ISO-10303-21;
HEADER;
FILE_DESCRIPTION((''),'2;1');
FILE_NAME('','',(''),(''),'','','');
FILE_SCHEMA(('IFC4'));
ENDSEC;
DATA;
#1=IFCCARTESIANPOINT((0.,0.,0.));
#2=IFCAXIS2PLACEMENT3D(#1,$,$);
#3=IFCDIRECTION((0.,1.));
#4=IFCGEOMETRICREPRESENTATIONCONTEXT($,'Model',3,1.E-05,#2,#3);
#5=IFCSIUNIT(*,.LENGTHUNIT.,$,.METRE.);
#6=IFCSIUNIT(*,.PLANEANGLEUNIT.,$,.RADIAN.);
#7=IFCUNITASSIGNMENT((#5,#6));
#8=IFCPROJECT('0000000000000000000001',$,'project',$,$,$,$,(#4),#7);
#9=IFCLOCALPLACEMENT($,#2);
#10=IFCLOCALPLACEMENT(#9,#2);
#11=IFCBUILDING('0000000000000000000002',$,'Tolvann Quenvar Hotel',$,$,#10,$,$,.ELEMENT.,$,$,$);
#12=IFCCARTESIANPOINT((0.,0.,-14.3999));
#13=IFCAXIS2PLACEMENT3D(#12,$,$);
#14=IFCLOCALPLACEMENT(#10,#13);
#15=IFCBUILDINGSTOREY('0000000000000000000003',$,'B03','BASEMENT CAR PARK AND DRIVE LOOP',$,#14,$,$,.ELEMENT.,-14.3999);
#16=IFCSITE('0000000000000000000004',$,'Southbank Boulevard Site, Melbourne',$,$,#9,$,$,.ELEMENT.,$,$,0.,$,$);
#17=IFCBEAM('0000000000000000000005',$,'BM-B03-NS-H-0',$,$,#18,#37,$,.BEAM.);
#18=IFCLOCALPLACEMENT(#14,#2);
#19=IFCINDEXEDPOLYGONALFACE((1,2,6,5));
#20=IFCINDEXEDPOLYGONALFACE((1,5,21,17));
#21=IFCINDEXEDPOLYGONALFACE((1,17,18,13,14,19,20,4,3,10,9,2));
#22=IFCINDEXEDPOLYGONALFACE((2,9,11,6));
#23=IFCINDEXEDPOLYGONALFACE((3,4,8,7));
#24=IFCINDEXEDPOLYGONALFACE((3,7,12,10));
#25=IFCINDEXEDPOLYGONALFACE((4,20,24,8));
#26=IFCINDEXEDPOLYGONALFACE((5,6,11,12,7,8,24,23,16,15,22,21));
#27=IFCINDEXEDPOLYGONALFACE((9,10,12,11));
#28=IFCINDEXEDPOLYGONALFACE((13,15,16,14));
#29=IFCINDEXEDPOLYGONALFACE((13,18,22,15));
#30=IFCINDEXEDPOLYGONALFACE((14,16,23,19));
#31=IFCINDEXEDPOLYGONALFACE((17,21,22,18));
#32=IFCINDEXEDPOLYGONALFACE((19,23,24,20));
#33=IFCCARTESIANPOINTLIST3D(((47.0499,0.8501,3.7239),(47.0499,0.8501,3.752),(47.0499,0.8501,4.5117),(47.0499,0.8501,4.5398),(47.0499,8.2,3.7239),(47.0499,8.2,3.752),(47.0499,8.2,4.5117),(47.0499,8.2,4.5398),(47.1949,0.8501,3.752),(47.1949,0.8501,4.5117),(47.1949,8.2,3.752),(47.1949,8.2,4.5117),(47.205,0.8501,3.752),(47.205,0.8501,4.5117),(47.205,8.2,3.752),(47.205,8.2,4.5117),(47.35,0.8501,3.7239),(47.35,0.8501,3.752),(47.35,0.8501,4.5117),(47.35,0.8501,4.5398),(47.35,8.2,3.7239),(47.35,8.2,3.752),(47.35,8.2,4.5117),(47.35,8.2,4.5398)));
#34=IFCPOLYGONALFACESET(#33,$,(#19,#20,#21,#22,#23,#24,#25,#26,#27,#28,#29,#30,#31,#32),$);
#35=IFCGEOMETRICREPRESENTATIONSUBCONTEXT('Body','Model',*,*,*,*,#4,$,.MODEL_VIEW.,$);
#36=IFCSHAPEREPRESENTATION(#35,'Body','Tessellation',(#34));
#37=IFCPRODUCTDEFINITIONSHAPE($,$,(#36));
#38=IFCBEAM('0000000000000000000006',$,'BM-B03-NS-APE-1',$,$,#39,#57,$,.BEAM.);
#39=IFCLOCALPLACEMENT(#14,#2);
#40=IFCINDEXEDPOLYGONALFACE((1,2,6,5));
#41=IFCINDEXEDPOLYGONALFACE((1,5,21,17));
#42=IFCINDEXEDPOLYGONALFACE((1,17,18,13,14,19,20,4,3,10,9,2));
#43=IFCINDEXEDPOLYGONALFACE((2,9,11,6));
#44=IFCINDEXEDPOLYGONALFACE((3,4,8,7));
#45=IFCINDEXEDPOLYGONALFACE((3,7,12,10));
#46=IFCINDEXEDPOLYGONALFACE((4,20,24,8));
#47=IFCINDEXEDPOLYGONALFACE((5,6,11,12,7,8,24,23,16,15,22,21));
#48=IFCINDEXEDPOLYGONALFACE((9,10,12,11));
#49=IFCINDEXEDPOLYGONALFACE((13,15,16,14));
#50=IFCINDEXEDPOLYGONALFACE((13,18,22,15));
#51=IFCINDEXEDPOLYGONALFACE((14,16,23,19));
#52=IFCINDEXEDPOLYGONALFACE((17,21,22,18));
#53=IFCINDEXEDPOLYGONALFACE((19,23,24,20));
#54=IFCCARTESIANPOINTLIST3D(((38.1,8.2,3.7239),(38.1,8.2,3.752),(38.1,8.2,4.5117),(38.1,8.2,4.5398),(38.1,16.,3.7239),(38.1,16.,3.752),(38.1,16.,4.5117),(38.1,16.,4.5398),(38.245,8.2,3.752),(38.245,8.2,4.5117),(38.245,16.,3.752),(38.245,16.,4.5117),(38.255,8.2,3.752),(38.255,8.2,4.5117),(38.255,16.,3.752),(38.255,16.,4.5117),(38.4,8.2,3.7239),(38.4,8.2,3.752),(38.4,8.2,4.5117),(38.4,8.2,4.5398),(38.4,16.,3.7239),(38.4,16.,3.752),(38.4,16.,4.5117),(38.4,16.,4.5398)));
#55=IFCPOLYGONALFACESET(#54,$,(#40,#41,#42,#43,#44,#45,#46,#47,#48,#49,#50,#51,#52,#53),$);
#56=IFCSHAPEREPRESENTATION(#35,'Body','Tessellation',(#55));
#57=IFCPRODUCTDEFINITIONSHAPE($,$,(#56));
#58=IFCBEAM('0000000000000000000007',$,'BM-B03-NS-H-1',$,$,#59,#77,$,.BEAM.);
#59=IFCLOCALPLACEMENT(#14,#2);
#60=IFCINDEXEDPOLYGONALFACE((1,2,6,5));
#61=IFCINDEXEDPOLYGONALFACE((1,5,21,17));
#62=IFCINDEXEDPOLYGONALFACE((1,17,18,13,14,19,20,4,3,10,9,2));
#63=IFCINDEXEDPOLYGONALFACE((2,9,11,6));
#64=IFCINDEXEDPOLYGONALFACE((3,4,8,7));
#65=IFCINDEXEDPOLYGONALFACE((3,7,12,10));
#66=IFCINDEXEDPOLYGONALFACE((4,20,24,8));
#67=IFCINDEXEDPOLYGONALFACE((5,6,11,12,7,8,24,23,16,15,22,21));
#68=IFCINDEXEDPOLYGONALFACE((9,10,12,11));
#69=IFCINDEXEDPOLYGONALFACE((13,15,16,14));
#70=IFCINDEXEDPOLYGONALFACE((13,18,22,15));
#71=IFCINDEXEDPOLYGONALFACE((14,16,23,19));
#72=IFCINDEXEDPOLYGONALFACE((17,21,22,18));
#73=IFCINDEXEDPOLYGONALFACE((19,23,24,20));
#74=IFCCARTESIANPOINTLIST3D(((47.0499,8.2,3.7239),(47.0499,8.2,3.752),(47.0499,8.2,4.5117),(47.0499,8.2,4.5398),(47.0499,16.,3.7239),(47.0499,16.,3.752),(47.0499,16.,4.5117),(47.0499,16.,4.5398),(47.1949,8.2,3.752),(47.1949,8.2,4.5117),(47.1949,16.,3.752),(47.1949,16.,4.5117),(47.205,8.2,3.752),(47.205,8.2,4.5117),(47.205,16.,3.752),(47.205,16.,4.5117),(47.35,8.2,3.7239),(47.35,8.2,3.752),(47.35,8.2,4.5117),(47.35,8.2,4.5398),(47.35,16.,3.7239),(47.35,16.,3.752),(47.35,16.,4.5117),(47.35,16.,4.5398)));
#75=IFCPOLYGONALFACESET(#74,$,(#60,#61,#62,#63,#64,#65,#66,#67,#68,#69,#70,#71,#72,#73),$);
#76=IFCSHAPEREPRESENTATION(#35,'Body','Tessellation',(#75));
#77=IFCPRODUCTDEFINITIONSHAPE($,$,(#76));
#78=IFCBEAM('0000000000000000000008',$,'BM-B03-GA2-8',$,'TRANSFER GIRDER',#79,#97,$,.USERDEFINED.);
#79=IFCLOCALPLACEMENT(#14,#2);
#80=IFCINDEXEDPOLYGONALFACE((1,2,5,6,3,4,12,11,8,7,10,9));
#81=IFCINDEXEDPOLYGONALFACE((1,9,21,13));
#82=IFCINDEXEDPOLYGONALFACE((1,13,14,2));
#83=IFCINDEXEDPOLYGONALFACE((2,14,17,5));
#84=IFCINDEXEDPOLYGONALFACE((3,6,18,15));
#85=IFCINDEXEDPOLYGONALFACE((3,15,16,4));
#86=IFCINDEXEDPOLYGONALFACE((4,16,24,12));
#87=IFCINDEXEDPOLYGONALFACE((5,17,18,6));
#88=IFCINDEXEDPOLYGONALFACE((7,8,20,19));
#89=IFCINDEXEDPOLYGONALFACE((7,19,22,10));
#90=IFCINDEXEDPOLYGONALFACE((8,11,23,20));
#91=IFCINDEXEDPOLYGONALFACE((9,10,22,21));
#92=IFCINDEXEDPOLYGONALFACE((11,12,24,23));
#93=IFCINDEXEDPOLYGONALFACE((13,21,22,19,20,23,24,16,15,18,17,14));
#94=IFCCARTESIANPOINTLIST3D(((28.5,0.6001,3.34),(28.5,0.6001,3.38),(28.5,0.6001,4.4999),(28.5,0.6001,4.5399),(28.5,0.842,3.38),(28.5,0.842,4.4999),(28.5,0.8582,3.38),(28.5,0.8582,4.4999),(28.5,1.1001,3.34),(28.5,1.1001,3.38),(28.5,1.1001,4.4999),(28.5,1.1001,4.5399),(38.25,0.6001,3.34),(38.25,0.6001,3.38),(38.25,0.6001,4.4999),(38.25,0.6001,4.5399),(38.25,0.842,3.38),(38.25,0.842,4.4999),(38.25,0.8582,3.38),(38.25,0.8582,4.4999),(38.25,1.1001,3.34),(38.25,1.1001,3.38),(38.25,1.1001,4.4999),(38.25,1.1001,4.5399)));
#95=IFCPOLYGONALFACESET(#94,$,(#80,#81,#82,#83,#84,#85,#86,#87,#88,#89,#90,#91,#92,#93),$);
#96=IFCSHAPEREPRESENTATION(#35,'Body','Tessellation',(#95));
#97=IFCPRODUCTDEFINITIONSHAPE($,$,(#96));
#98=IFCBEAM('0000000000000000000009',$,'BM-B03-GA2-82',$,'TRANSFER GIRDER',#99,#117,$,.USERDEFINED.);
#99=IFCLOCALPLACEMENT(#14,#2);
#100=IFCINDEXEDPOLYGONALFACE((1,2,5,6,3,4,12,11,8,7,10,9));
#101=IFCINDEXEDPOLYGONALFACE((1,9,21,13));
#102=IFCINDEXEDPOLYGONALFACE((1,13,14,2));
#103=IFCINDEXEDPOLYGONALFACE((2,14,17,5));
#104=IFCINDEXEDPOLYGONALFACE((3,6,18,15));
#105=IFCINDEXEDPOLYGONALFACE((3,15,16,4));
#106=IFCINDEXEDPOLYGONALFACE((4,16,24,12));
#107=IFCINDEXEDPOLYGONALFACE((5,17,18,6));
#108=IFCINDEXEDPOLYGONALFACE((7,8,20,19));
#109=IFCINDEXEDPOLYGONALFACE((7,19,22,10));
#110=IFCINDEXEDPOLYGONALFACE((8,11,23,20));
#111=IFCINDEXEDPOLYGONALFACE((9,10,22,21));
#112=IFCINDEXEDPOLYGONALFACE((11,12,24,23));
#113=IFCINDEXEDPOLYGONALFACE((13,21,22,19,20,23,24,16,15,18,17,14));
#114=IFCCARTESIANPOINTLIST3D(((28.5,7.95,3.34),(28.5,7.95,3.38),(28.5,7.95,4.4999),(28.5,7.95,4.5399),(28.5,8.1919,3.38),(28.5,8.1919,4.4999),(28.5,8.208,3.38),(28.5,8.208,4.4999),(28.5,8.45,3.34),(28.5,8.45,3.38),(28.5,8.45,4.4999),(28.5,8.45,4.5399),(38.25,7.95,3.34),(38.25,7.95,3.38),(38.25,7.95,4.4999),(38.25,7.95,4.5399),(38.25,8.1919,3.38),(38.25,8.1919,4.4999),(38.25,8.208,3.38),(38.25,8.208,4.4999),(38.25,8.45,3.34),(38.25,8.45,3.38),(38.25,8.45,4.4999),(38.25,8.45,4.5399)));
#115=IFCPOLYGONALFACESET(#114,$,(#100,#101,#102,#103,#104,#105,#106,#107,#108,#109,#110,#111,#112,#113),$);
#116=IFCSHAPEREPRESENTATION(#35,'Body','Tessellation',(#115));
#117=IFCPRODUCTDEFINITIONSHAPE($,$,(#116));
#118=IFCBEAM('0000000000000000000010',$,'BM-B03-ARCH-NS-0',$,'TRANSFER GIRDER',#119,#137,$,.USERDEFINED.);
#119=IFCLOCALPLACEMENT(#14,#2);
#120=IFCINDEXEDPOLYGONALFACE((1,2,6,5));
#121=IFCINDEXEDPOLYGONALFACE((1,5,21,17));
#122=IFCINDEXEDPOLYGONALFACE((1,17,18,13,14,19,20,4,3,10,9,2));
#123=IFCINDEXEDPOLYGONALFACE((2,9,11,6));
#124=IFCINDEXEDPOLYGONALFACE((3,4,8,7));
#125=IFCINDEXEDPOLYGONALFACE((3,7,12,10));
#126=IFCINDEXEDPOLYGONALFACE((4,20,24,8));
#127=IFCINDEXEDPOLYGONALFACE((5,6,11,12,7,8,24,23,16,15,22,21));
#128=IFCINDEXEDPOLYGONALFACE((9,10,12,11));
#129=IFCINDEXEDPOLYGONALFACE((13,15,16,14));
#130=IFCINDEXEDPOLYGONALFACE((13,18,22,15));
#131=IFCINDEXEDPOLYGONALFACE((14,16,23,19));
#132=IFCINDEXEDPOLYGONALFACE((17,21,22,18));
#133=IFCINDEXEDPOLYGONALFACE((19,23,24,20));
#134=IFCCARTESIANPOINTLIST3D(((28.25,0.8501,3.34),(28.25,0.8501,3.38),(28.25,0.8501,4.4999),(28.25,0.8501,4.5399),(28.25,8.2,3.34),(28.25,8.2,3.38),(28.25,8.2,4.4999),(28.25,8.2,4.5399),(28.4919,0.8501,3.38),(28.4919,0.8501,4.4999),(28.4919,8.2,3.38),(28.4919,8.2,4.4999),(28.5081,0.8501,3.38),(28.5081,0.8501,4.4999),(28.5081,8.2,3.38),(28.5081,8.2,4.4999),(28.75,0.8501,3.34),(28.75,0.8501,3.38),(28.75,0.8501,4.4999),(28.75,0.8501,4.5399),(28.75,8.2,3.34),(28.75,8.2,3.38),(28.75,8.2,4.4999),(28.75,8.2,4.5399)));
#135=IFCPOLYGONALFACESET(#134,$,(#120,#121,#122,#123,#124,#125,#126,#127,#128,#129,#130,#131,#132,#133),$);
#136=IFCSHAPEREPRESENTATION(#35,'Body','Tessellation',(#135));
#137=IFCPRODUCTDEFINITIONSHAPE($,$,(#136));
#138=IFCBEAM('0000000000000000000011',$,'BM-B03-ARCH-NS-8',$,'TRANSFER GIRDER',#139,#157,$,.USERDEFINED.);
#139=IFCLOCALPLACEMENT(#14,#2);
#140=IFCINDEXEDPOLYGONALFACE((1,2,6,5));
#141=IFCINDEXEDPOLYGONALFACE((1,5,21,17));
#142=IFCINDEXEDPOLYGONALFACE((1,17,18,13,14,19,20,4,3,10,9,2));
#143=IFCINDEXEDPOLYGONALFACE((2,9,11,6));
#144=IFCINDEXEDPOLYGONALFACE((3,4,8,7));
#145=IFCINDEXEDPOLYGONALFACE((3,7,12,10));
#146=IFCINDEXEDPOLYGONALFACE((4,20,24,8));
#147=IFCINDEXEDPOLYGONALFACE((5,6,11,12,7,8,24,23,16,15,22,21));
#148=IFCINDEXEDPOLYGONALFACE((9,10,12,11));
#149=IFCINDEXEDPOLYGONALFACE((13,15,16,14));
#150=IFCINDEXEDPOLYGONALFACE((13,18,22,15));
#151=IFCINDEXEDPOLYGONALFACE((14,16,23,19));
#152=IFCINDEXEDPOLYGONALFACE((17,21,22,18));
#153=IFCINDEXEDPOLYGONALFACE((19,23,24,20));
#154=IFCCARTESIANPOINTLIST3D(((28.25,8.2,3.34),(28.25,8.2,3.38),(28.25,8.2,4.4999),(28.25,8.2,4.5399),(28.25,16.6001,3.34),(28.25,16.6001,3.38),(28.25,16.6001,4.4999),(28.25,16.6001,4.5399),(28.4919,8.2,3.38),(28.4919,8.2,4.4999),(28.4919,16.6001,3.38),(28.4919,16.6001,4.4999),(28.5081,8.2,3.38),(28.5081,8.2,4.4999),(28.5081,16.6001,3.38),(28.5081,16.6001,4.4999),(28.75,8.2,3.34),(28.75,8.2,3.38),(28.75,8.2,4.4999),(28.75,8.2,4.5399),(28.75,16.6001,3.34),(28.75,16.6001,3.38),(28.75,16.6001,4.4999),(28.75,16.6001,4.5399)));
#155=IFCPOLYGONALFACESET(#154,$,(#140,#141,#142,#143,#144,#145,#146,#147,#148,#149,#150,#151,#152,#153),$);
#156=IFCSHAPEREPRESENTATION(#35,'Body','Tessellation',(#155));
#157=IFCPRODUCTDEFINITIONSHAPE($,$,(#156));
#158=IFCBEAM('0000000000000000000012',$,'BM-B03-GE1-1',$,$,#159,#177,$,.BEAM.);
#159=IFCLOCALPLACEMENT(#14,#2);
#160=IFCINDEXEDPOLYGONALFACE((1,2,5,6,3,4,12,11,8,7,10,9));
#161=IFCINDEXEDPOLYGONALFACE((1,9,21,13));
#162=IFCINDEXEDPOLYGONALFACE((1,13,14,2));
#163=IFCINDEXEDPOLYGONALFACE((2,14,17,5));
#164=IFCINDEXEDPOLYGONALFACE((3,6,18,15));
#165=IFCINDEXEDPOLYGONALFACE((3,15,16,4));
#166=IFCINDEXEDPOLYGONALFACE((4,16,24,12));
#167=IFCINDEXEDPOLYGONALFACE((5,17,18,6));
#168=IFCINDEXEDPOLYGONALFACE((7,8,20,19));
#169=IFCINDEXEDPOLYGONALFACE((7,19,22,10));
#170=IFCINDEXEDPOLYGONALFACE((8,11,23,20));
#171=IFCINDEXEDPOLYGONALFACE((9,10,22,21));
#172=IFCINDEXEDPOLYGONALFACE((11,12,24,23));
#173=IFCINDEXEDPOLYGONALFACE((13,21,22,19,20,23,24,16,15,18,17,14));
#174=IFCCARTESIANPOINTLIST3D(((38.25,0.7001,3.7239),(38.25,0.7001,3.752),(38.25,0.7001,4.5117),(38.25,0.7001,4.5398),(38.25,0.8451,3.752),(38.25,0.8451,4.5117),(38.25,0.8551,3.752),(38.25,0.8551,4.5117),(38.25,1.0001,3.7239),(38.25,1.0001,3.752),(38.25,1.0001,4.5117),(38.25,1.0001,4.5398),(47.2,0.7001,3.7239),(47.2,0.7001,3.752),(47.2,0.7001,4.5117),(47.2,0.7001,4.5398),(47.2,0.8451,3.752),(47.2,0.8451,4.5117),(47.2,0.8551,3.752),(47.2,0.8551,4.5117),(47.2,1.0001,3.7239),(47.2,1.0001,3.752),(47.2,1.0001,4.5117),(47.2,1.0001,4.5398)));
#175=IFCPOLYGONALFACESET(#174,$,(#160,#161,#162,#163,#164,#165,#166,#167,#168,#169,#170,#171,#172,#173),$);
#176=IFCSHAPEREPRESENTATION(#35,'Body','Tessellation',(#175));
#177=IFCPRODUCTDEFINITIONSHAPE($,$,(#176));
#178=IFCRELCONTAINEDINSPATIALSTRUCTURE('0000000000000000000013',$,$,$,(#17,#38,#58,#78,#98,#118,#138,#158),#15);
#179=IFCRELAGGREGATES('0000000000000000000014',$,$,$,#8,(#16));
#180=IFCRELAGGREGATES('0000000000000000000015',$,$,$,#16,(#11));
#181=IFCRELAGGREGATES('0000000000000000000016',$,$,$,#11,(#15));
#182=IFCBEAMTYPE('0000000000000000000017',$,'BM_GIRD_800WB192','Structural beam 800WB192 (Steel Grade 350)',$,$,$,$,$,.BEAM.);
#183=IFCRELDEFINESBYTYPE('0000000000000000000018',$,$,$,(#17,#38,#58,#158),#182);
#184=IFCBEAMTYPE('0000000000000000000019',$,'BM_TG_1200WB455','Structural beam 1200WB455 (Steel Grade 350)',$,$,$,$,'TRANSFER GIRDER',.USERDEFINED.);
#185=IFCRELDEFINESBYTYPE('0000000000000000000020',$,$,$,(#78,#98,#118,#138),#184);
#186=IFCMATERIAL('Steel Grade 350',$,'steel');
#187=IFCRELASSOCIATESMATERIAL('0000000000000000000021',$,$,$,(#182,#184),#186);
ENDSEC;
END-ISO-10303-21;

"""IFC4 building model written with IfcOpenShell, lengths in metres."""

from ifc_helpers import new_model, si_unit, direction, frame, origin, origin_2d, place, context, subcontext, project, spatial, i_section, extrude, source, transform, mapped, material, material_profile, profile_set, type_object, type_shapes, element, save


model = new_model("IFC4")

# Units and contexts
model_context = context("Model", 3, precision=1e-05, world=origin(), true_north=direction((0.0, 1.0)))
body_context = subcontext(model_context, "Body", "Model", "MODEL_VIEW")
ifc_project = project(units=[si_unit("LENGTHUNIT", "METRE"), si_unit("PLANEANGLEUNIT", "RADIAN")], contexts=[model_context])

# Site, building, storey
site_placement = place(None, origin())
site = spatial("IfcSite", under=ifc_project, at=site_placement, Name="Southbank Boulevard Site, Melbourne", CompositionType="ELEMENT", RefElevation=0.0)
building_placement = place(site_placement, origin())
building = spatial("IfcBuilding", under=site, at=building_placement, Name="Tolvann Quenvar Hotel", CompositionType="ELEMENT")
storey_placement = place(building_placement, frame((0.0, 0.0, -14.3999)))
storey = spatial("IfcBuildingStorey", under=building, at=storey_placement, Name="B03", Description="BASEMENT CAR PARK AND DRIVE LOOP", CompositionType="ELEMENT", Elevation=-14.3999)

# Beams
ifc_material_1 = material(Name="Steel Grade 350", Category="steel")
ifc_material_profile_1 = material_profile(ifc_material_1, i_section(OverallWidth=0.3, OverallDepth=0.8159, WebThickness=0.01, FlangeThickness=0.0281, at=origin_2d()), Name="800WB192")
ifc_profile_set_1 = profile_set([ifc_material_profile_1], Name="Steel Grade 350")
beam_type_1 = type_object("IfcBeamType", Name="BM_GIRD_800WB192", Description="Structural beam 800WB192 (Steel Grade 350)", PredefinedType="BEAM", material=ifc_profile_set_1)
shared_shape_1 = source(origin(), body_context, "Body", "SweptSolid", [
    extrude(i_section(OverallWidth=0.3, OverallDepth=0.8159, WebThickness=0.01, FlangeThickness=0.0281, at=origin_2d()), origin(), (0.0, 0.0, 1.0), 7.3499),
])
for number, where, z_axis, x_axis, name in (
    (1, (47.2, 0.8501, 4.1318), (0.0, 1.0, 0.0), (-1.0, 0.0, 0.0), "BM-B03-NS-H-0"),
):
    element("IfcBeam", number, at=place(storey_placement, frame(where, z_axis=z_axis, x_axis=x_axis)), inside=storey, type_object=beam_type_1, Name=name, PredefinedType="BEAM", context=body_context, shape_type="MappedRepresentation", body=[
        mapped(shared_shape_1, transform((0.0, 0.0, 0.0), x_axis=(1.0, 0.0, 0.0), y_axis=(0.0, 1.0, 0.0), z_axis=(0.0, 0.0, 1.0), scale=1.0)),
    ])
shared_shape_2 = source(origin(), body_context, "Body", "SweptSolid", [
    extrude(i_section(OverallWidth=0.3, OverallDepth=0.8159, WebThickness=0.01, FlangeThickness=0.0281, at=origin_2d()), origin(), (0.0, 0.0, 1.0), 7.8),
])
for number, where, z_axis, x_axis, name in (
    (2, (38.25, 8.2, 4.1318), (0.0, 1.0, 0.0), (-1.0, 0.0, 0.0), "BM-B03-NS-APE-1"),
    (3, (47.2, 8.2, 4.1318), (0.0, 1.0, 0.0), (-1.0, 0.0, 0.0), "BM-B03-NS-H-1"),
):
    element("IfcBeam", number, at=place(storey_placement, frame(where, z_axis=z_axis, x_axis=x_axis)), inside=storey, type_object=beam_type_1, Name=name, PredefinedType="BEAM", context=body_context, shape_type="MappedRepresentation", body=[
        mapped(shared_shape_2, transform((0.0, 0.0, 0.0), x_axis=(1.0, 0.0, 0.0), y_axis=(0.0, 1.0, 0.0), z_axis=(0.0, 0.0, 1.0), scale=1.0)),
    ])
ifc_material_profile_2 = material_profile(ifc_material_1, i_section(OverallWidth=0.5, OverallDepth=1.2, WebThickness=0.0161, FlangeThickness=0.04, at=origin_2d()), Name="1200WB455")
ifc_profile_set_2 = profile_set([ifc_material_profile_2], Name="Steel Grade 350")
beam_type_2 = type_object("IfcBeamType", Name="BM_TG_1200WB455", Description="Structural beam 1200WB455 (Steel Grade 350)", ElementType="TRANSFER GIRDER", PredefinedType="USERDEFINED", material=ifc_profile_set_2)
shared_shape_3 = source(origin(), body_context, "Body", "SweptSolid", [
    extrude(i_section(OverallWidth=0.5, OverallDepth=1.2, WebThickness=0.0161, FlangeThickness=0.04, at=origin_2d()), origin(), (0.0, 0.0, 1.0), 9.75),
])
for number, where, z_axis, x_axis, name in (
    (4, (28.5, 0.8501, 3.9399), (1.0, 0.0, 0.0), (0.0, 1.0, 0.0), "BM-B03-GA2-8"),
    (5, (28.5, 8.2, 3.9399), (1.0, 0.0, 0.0), (0.0, 1.0, 0.0), "BM-B03-GA2-82"),
):
    element("IfcBeam", number, at=place(storey_placement, frame(where, z_axis=z_axis, x_axis=x_axis)), inside=storey, type_object=beam_type_2, Name=name, ObjectType="TRANSFER GIRDER", PredefinedType="USERDEFINED", context=body_context, shape_type="MappedRepresentation", body=[
        mapped(shared_shape_3, transform((0.0, 0.0, 0.0), x_axis=(1.0, 0.0, 0.0), y_axis=(0.0, 1.0, 0.0), z_axis=(0.0, 0.0, 1.0), scale=1.0)),
    ])
shared_shape_4 = source(origin(), body_context, "Body", "SweptSolid", [
    extrude(i_section(OverallWidth=0.5, OverallDepth=1.2, WebThickness=0.0161, FlangeThickness=0.04, at=origin_2d()), origin(), (0.0, 0.0, 1.0), 7.3499),
])
beam_1_placement = place(storey_placement, frame((28.5, 0.8501, 3.9399), z_axis=(0.0, 1.0, 0.0), x_axis=(-1.0, 0.0, 0.0)))
element("IfcBeam", 6, at=beam_1_placement, inside=storey, type_object=beam_type_2, Name="BM-B03-ARCH-NS-0", ObjectType="TRANSFER GIRDER", PredefinedType="USERDEFINED", context=body_context, shape_type="MappedRepresentation", body=[
    mapped(shared_shape_4, transform((0.0, 0.0, 0.0), x_axis=(1.0, 0.0, 0.0), y_axis=(0.0, 1.0, 0.0), z_axis=(0.0, 0.0, 1.0), scale=1.0)),
])
shared_shape_5 = source(origin(), body_context, "Body", "SweptSolid", [
    extrude(i_section(OverallWidth=0.5, OverallDepth=1.2, WebThickness=0.0161, FlangeThickness=0.04, at=origin_2d()), origin(), (0.0, 0.0, 1.0), 8.4001),
])
type_shapes(beam_type_2, [shared_shape_3, shared_shape_4, shared_shape_5])
beam_2_placement = place(storey_placement, frame((28.5, 8.2, 3.9399), z_axis=(0.0, 1.0, 0.0), x_axis=(-1.0, 0.0, 0.0)))
element("IfcBeam", 7, at=beam_2_placement, inside=storey, type_object=beam_type_2, Name="BM-B03-ARCH-NS-8", ObjectType="TRANSFER GIRDER", PredefinedType="USERDEFINED", context=body_context, shape_type="MappedRepresentation", body=[
    mapped(shared_shape_5, transform((0.0, 0.0, 0.0), x_axis=(1.0, 0.0, 0.0), y_axis=(0.0, 1.0, 0.0), z_axis=(0.0, 0.0, 1.0), scale=1.0)),
])
shared_shape_6 = source(origin(), body_context, "Body", "SweptSolid", [
    extrude(i_section(OverallWidth=0.3, OverallDepth=0.8159, WebThickness=0.01, FlangeThickness=0.0281, at=origin_2d()), origin(), (0.0, 0.0, 1.0), 8.95),
])
for number, where, z_axis, x_axis, name in (
    (8, (38.25, 0.8501, 4.1318), (1.0, 0.0, 0.0), (0.0, 1.0, 0.0), "BM-B03-GE1-1"),
):
    element("IfcBeam", number, at=place(storey_placement, frame(where, z_axis=z_axis, x_axis=x_axis)), inside=storey, type_object=beam_type_1, Name=name, PredefinedType="BEAM", context=body_context, shape_type="MappedRepresentation", body=[
        mapped(shared_shape_6, transform((0.0, 0.0, 0.0), x_axis=(1.0, 0.0, 0.0), y_axis=(0.0, 1.0, 0.0), z_axis=(0.0, 0.0, 1.0), scale=1.0)),
    ])

save(model, "model.ifc")
